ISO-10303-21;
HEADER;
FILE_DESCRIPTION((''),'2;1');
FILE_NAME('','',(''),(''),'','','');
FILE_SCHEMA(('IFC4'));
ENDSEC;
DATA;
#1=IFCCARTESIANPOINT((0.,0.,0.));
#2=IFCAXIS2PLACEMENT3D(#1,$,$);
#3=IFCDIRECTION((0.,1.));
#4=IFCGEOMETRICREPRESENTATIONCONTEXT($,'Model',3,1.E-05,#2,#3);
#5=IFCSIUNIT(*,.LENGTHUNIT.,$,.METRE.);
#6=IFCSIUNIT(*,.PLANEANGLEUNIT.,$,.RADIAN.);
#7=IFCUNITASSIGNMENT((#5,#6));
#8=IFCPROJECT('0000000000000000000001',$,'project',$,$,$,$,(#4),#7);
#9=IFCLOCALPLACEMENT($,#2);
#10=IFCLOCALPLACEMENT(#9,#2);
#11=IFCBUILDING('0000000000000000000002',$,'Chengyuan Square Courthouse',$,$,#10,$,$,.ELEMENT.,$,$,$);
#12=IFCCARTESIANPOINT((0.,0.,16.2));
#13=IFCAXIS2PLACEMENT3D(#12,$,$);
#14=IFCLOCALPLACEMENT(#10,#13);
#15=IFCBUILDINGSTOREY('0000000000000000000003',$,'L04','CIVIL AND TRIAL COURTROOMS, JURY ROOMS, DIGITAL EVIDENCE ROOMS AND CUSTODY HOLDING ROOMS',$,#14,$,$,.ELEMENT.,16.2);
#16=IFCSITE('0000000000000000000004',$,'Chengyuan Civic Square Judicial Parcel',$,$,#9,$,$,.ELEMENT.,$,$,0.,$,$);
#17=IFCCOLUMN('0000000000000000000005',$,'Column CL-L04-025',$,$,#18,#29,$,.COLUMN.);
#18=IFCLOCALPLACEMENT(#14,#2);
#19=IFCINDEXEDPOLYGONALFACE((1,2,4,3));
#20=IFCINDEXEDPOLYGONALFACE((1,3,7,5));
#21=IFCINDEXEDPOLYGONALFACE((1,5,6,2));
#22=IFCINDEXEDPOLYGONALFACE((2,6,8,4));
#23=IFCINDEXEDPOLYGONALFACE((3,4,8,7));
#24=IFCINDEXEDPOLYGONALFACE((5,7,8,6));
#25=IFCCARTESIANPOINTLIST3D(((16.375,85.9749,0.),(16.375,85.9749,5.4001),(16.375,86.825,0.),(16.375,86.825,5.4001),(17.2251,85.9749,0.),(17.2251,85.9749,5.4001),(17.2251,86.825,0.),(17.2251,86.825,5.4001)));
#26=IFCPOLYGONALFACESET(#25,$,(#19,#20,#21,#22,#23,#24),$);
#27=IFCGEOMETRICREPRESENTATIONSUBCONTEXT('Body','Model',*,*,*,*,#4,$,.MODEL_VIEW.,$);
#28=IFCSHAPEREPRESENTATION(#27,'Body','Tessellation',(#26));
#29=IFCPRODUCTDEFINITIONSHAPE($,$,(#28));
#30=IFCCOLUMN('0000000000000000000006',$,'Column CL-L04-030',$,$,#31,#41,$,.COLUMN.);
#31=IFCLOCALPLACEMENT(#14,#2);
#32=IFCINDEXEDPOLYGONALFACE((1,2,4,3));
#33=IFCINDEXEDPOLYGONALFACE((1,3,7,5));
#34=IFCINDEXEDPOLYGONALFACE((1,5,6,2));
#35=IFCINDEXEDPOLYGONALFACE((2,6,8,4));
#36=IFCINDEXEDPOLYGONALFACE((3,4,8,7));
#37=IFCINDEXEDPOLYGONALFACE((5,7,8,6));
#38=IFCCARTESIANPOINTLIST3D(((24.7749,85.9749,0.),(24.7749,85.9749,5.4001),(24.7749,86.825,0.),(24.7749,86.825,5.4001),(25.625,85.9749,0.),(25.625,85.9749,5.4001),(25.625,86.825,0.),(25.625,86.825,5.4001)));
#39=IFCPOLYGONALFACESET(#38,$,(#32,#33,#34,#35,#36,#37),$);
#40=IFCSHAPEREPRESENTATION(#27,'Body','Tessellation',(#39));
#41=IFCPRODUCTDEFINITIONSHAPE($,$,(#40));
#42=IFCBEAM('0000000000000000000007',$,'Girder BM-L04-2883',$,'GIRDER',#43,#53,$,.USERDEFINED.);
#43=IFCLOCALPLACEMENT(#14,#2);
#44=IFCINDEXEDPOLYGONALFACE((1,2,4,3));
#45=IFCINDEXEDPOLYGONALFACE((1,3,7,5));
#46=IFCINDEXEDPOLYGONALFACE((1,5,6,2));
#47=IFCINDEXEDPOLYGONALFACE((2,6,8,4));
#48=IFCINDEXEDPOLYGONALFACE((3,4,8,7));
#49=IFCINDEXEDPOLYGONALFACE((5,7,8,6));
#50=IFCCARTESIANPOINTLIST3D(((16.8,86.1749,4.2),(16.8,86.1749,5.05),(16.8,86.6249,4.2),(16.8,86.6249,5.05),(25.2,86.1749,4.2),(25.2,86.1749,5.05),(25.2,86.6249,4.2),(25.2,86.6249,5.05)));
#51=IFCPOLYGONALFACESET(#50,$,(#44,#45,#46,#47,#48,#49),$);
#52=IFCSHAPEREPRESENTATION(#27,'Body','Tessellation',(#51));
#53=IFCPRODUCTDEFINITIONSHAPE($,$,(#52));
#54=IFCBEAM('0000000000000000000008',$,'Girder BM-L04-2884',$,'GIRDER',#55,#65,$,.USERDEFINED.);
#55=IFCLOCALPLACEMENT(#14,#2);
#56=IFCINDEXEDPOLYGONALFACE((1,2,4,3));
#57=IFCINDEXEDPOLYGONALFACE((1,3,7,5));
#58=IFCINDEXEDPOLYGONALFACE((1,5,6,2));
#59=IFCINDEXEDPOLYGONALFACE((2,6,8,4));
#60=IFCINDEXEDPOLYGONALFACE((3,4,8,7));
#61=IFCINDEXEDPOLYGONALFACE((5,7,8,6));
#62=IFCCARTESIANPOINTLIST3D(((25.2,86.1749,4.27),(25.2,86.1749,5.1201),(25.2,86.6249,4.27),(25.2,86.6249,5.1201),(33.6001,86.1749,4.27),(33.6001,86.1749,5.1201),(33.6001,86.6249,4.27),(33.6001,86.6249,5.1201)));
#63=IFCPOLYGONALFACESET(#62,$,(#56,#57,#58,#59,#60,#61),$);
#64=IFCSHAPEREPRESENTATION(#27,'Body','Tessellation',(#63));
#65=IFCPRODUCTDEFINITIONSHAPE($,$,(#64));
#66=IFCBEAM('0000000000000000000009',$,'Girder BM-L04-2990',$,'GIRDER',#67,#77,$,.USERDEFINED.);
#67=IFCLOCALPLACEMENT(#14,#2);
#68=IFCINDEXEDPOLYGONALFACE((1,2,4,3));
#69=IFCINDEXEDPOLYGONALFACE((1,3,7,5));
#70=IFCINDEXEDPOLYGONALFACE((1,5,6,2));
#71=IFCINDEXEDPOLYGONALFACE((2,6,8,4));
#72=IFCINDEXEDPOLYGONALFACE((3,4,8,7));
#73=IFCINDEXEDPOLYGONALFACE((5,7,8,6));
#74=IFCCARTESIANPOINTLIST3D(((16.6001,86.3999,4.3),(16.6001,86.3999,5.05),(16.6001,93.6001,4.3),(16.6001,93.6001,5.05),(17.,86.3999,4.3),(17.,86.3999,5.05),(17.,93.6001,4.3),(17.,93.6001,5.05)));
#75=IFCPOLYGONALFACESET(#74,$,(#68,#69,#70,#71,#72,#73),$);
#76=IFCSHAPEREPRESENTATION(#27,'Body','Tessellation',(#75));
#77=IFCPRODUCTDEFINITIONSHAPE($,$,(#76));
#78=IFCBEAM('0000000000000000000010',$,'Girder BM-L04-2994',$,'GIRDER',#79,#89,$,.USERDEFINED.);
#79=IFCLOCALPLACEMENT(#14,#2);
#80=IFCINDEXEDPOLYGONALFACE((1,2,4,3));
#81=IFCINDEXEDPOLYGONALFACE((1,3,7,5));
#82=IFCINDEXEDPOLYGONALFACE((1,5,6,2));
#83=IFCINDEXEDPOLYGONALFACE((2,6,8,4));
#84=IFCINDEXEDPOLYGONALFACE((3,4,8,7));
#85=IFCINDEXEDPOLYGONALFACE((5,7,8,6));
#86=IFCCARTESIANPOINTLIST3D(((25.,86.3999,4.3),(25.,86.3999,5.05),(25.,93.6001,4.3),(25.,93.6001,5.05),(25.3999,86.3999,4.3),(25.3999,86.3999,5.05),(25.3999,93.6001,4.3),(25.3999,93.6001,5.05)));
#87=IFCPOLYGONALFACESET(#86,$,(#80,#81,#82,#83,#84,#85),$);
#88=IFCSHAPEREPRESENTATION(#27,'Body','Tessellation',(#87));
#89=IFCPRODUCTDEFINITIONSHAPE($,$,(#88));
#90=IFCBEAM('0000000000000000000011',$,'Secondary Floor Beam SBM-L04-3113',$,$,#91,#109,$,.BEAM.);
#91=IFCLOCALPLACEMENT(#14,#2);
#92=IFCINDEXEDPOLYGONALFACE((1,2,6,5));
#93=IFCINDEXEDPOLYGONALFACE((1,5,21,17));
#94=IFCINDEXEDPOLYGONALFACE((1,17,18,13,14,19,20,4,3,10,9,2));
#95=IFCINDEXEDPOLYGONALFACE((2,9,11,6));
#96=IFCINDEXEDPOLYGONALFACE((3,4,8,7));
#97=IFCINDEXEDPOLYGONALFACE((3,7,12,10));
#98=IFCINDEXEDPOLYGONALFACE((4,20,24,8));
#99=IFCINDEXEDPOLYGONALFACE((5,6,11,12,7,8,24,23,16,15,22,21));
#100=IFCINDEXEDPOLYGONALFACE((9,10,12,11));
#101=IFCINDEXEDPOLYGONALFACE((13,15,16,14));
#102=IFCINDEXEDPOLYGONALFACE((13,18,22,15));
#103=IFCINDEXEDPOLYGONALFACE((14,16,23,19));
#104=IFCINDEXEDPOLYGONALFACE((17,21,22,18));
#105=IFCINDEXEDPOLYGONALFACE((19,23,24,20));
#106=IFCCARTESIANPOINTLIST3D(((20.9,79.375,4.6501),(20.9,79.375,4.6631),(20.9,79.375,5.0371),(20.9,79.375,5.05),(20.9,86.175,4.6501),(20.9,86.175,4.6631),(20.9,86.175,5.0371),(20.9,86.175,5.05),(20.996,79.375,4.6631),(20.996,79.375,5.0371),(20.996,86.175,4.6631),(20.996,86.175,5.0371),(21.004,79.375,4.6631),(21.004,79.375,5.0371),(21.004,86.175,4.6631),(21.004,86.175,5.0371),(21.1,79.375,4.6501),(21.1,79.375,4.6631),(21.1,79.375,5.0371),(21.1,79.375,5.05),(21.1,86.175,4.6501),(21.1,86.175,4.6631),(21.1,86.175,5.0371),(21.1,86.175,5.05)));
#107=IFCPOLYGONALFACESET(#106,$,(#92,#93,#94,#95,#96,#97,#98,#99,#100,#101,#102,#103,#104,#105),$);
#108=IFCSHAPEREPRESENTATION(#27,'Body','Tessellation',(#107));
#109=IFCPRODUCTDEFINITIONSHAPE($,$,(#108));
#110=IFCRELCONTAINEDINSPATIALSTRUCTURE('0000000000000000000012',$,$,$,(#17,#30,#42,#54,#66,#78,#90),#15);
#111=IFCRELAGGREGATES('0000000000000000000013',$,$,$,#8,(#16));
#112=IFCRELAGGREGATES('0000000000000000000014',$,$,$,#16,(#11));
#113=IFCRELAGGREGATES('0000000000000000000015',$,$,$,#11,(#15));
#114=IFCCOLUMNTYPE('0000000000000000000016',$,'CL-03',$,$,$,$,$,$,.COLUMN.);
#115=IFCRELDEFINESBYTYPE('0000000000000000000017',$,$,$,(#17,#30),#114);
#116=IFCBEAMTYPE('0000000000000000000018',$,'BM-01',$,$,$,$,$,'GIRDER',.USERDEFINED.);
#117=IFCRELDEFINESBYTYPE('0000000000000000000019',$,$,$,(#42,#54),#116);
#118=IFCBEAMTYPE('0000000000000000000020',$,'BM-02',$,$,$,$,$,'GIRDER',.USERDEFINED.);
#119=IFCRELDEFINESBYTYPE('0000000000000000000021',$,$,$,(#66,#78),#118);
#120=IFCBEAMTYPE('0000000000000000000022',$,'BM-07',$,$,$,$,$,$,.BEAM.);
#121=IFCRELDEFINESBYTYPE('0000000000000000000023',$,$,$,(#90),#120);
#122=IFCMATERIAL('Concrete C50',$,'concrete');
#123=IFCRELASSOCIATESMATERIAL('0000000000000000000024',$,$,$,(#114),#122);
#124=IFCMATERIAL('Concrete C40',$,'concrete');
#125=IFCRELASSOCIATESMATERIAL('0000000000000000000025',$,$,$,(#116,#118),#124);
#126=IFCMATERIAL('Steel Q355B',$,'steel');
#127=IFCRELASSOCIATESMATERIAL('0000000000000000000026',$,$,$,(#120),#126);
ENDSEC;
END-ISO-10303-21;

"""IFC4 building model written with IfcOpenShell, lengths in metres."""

from ifc_helpers import new_model, si_unit, direction, frame, origin, origin_2d, place, context, subcontext, project, spatial, rectangle, i_section, extrude, material, material_profile, profile_set, type_object, element, save


model = new_model("IFC4")

# Units and contexts
model_context = context("Model", 3, precision=1e-05, world=origin(), true_north=direction((0.0, 1.0)))
body_context = subcontext(model_context, "Body", "Model", "MODEL_VIEW")
ifc_project = project(units=[si_unit("LENGTHUNIT", "METRE"), si_unit("PLANEANGLEUNIT", "RADIAN")], contexts=[model_context])

# Site, building, storey
site_placement = place(None, origin())
site = spatial("IfcSite", under=ifc_project, at=site_placement, Name="Chengyuan Civic Square Judicial Parcel", CompositionType="ELEMENT", RefElevation=0.0)
building_placement = place(site_placement, origin())
building = spatial("IfcBuilding", under=site, at=building_placement, Name="Chengyuan Square Courthouse", CompositionType="ELEMENT")
storey_placement = place(building_placement, frame((0.0, 0.0, 16.2)))
storey = spatial("IfcBuildingStorey", under=building, at=storey_placement, Name="L04", Description="CIVIL AND TRIAL COURTROOMS, JURY ROOMS, DIGITAL EVIDENCE ROOMS AND CUSTODY HOLDING ROOMS", CompositionType="ELEMENT", Elevation=16.2)

# Columns
ifc_material_1 = material(Name="Concrete C50", Category="concrete")
ifc_material_profile_1 = material_profile(ifc_material_1, rectangle(XDim=0.8501, YDim=0.8501, at=origin_2d()), Name="RC-COL-850x850")
ifc_profile_set_1 = profile_set([ifc_material_profile_1], Name="Concrete C50")
column_type = type_object("IfcColumnType", Name="CL-03", PredefinedType="COLUMN", material=ifc_profile_set_1)
for number, where, z_axis, x_axis, name in (
    (1, (16.8, 86.3999, 0.0), (0.0, 0.0, 1.0), (1.0, 0.0, 0.0), "Column CL-L04-025"),
    (2, (25.2, 86.3999, 0.0), (0.0, 0.0, 1.0), (1.0, 0.0, 0.0), "Column CL-L04-030"),
):
    element("IfcColumn", number, at=place(storey_placement, frame(where, z_axis=z_axis, x_axis=x_axis)), inside=storey, type_object=column_type, Name=name, PredefinedType="COLUMN", context=body_context, shape_type="SweptSolid", body=[
        extrude(rectangle(XDim=0.8501, YDim=0.8501, at=origin_2d()), origin(), (0.0, 0.0, 1.0), 5.4001),
    ])

# Beams
ifc_material_2 = material(Name="Concrete C40", Category="concrete")
ifc_material_profile_2 = material_profile(ifc_material_2, rectangle(XDim=0.45, YDim=0.8501, at=origin_2d()), Name="RC-BM-450x850")
ifc_profile_set_2 = profile_set([ifc_material_profile_2], Name="Concrete C40")
beam_type_1 = type_object("IfcBeamType", Name="BM-01", ElementType="GIRDER", PredefinedType="USERDEFINED", material=ifc_profile_set_2)
beam_1_placement = place(storey_placement, frame((16.8, 86.3999, 4.625), z_axis=(1.0, 0.0, 0.0), x_axis=(0.0, 1.0, 0.0)))
element("IfcBeam", 3, at=beam_1_placement, inside=storey, type_object=beam_type_1, Name="Girder BM-L04-2883", ObjectType="GIRDER", PredefinedType="USERDEFINED", context=body_context, shape_type="SweptSolid", body=[
    extrude(rectangle(XDim=0.45, YDim=0.8501, at=origin_2d()), origin(), (0.0, 0.0, 1.0), 8.3999),
])
beam_2_placement = place(storey_placement, frame((25.2, 86.3999, 4.6951), z_axis=(1.0, 0.0, 0.0), x_axis=(0.0, 1.0, 0.0)))
element("IfcBeam", 4, at=beam_2_placement, inside=storey, type_object=beam_type_1, Name="Girder BM-L04-2884", ObjectType="GIRDER", PredefinedType="USERDEFINED", context=body_context, shape_type="SweptSolid", body=[
    extrude(rectangle(XDim=0.45, YDim=0.8501, at=origin_2d()), origin(), (0.0, 0.0, 1.0), 8.4001),
])
ifc_material_profile_3 = material_profile(ifc_material_2, rectangle(XDim=0.3999, YDim=0.75, at=origin_2d()), Name="RC-BM-400x750")
ifc_profile_set_3 = profile_set([ifc_material_profile_3], Name="Concrete C40")
beam_type_2 = type_object("IfcBeamType", Name="BM-02", ElementType="GIRDER", PredefinedType="USERDEFINED", material=ifc_profile_set_3)
for number, where, z_axis, x_axis, name in (
    (5, (16.8, 86.3999, 4.675), (0.0, 1.0, 0.0), (-1.0, 0.0, 0.0), "Girder BM-L04-2990"),
    (6, (25.2, 86.3999, 4.675), (0.0, 1.0, 0.0), (-1.0, 0.0, 0.0), "Girder BM-L04-2994"),
):
    element("IfcBeam", number, at=place(storey_placement, frame(where, z_axis=z_axis, x_axis=x_axis)), inside=storey, type_object=beam_type_2, Name=name, ObjectType="GIRDER", PredefinedType="USERDEFINED", context=body_context, shape_type="SweptSolid", body=[
        extrude(rectangle(XDim=0.3999, YDim=0.75, at=origin_2d()), origin(), (0.0, 0.0, 1.0), 7.2002),
    ])
ifc_material_3 = material(Name="Steel Q355B", Category="steel")
ifc_material_profile_4 = material_profile(ifc_material_3, i_section(OverallWidth=0.2, OverallDepth=0.3999, WebThickness=0.0081, FlangeThickness=0.0129, at=origin_2d()), Name="HN 400x200x8x13")
ifc_profile_set_4 = profile_set([ifc_material_profile_4], Name="Steel Q355B")
beam_type_3 = type_object("IfcBeamType", Name="BM-07", PredefinedType="BEAM", material=ifc_profile_set_4)
beam_3_placement = place(storey_placement, frame((21.0, 79.375, 4.8501), z_axis=(0.0, 1.0, 0.0), x_axis=(-1.0, 0.0, 0.0)))
element("IfcBeam", 7, at=beam_3_placement, inside=storey, type_object=beam_type_3, Name="Secondary Floor Beam SBM-L04-3113", PredefinedType="BEAM", context=body_context, shape_type="SweptSolid", body=[
    extrude(i_section(OverallWidth=0.2, OverallDepth=0.3999, WebThickness=0.0081, FlangeThickness=0.0129, at=origin_2d()), origin(), (0.0, 0.0, 1.0), 6.8),
])

save(model, "model.ifc")
